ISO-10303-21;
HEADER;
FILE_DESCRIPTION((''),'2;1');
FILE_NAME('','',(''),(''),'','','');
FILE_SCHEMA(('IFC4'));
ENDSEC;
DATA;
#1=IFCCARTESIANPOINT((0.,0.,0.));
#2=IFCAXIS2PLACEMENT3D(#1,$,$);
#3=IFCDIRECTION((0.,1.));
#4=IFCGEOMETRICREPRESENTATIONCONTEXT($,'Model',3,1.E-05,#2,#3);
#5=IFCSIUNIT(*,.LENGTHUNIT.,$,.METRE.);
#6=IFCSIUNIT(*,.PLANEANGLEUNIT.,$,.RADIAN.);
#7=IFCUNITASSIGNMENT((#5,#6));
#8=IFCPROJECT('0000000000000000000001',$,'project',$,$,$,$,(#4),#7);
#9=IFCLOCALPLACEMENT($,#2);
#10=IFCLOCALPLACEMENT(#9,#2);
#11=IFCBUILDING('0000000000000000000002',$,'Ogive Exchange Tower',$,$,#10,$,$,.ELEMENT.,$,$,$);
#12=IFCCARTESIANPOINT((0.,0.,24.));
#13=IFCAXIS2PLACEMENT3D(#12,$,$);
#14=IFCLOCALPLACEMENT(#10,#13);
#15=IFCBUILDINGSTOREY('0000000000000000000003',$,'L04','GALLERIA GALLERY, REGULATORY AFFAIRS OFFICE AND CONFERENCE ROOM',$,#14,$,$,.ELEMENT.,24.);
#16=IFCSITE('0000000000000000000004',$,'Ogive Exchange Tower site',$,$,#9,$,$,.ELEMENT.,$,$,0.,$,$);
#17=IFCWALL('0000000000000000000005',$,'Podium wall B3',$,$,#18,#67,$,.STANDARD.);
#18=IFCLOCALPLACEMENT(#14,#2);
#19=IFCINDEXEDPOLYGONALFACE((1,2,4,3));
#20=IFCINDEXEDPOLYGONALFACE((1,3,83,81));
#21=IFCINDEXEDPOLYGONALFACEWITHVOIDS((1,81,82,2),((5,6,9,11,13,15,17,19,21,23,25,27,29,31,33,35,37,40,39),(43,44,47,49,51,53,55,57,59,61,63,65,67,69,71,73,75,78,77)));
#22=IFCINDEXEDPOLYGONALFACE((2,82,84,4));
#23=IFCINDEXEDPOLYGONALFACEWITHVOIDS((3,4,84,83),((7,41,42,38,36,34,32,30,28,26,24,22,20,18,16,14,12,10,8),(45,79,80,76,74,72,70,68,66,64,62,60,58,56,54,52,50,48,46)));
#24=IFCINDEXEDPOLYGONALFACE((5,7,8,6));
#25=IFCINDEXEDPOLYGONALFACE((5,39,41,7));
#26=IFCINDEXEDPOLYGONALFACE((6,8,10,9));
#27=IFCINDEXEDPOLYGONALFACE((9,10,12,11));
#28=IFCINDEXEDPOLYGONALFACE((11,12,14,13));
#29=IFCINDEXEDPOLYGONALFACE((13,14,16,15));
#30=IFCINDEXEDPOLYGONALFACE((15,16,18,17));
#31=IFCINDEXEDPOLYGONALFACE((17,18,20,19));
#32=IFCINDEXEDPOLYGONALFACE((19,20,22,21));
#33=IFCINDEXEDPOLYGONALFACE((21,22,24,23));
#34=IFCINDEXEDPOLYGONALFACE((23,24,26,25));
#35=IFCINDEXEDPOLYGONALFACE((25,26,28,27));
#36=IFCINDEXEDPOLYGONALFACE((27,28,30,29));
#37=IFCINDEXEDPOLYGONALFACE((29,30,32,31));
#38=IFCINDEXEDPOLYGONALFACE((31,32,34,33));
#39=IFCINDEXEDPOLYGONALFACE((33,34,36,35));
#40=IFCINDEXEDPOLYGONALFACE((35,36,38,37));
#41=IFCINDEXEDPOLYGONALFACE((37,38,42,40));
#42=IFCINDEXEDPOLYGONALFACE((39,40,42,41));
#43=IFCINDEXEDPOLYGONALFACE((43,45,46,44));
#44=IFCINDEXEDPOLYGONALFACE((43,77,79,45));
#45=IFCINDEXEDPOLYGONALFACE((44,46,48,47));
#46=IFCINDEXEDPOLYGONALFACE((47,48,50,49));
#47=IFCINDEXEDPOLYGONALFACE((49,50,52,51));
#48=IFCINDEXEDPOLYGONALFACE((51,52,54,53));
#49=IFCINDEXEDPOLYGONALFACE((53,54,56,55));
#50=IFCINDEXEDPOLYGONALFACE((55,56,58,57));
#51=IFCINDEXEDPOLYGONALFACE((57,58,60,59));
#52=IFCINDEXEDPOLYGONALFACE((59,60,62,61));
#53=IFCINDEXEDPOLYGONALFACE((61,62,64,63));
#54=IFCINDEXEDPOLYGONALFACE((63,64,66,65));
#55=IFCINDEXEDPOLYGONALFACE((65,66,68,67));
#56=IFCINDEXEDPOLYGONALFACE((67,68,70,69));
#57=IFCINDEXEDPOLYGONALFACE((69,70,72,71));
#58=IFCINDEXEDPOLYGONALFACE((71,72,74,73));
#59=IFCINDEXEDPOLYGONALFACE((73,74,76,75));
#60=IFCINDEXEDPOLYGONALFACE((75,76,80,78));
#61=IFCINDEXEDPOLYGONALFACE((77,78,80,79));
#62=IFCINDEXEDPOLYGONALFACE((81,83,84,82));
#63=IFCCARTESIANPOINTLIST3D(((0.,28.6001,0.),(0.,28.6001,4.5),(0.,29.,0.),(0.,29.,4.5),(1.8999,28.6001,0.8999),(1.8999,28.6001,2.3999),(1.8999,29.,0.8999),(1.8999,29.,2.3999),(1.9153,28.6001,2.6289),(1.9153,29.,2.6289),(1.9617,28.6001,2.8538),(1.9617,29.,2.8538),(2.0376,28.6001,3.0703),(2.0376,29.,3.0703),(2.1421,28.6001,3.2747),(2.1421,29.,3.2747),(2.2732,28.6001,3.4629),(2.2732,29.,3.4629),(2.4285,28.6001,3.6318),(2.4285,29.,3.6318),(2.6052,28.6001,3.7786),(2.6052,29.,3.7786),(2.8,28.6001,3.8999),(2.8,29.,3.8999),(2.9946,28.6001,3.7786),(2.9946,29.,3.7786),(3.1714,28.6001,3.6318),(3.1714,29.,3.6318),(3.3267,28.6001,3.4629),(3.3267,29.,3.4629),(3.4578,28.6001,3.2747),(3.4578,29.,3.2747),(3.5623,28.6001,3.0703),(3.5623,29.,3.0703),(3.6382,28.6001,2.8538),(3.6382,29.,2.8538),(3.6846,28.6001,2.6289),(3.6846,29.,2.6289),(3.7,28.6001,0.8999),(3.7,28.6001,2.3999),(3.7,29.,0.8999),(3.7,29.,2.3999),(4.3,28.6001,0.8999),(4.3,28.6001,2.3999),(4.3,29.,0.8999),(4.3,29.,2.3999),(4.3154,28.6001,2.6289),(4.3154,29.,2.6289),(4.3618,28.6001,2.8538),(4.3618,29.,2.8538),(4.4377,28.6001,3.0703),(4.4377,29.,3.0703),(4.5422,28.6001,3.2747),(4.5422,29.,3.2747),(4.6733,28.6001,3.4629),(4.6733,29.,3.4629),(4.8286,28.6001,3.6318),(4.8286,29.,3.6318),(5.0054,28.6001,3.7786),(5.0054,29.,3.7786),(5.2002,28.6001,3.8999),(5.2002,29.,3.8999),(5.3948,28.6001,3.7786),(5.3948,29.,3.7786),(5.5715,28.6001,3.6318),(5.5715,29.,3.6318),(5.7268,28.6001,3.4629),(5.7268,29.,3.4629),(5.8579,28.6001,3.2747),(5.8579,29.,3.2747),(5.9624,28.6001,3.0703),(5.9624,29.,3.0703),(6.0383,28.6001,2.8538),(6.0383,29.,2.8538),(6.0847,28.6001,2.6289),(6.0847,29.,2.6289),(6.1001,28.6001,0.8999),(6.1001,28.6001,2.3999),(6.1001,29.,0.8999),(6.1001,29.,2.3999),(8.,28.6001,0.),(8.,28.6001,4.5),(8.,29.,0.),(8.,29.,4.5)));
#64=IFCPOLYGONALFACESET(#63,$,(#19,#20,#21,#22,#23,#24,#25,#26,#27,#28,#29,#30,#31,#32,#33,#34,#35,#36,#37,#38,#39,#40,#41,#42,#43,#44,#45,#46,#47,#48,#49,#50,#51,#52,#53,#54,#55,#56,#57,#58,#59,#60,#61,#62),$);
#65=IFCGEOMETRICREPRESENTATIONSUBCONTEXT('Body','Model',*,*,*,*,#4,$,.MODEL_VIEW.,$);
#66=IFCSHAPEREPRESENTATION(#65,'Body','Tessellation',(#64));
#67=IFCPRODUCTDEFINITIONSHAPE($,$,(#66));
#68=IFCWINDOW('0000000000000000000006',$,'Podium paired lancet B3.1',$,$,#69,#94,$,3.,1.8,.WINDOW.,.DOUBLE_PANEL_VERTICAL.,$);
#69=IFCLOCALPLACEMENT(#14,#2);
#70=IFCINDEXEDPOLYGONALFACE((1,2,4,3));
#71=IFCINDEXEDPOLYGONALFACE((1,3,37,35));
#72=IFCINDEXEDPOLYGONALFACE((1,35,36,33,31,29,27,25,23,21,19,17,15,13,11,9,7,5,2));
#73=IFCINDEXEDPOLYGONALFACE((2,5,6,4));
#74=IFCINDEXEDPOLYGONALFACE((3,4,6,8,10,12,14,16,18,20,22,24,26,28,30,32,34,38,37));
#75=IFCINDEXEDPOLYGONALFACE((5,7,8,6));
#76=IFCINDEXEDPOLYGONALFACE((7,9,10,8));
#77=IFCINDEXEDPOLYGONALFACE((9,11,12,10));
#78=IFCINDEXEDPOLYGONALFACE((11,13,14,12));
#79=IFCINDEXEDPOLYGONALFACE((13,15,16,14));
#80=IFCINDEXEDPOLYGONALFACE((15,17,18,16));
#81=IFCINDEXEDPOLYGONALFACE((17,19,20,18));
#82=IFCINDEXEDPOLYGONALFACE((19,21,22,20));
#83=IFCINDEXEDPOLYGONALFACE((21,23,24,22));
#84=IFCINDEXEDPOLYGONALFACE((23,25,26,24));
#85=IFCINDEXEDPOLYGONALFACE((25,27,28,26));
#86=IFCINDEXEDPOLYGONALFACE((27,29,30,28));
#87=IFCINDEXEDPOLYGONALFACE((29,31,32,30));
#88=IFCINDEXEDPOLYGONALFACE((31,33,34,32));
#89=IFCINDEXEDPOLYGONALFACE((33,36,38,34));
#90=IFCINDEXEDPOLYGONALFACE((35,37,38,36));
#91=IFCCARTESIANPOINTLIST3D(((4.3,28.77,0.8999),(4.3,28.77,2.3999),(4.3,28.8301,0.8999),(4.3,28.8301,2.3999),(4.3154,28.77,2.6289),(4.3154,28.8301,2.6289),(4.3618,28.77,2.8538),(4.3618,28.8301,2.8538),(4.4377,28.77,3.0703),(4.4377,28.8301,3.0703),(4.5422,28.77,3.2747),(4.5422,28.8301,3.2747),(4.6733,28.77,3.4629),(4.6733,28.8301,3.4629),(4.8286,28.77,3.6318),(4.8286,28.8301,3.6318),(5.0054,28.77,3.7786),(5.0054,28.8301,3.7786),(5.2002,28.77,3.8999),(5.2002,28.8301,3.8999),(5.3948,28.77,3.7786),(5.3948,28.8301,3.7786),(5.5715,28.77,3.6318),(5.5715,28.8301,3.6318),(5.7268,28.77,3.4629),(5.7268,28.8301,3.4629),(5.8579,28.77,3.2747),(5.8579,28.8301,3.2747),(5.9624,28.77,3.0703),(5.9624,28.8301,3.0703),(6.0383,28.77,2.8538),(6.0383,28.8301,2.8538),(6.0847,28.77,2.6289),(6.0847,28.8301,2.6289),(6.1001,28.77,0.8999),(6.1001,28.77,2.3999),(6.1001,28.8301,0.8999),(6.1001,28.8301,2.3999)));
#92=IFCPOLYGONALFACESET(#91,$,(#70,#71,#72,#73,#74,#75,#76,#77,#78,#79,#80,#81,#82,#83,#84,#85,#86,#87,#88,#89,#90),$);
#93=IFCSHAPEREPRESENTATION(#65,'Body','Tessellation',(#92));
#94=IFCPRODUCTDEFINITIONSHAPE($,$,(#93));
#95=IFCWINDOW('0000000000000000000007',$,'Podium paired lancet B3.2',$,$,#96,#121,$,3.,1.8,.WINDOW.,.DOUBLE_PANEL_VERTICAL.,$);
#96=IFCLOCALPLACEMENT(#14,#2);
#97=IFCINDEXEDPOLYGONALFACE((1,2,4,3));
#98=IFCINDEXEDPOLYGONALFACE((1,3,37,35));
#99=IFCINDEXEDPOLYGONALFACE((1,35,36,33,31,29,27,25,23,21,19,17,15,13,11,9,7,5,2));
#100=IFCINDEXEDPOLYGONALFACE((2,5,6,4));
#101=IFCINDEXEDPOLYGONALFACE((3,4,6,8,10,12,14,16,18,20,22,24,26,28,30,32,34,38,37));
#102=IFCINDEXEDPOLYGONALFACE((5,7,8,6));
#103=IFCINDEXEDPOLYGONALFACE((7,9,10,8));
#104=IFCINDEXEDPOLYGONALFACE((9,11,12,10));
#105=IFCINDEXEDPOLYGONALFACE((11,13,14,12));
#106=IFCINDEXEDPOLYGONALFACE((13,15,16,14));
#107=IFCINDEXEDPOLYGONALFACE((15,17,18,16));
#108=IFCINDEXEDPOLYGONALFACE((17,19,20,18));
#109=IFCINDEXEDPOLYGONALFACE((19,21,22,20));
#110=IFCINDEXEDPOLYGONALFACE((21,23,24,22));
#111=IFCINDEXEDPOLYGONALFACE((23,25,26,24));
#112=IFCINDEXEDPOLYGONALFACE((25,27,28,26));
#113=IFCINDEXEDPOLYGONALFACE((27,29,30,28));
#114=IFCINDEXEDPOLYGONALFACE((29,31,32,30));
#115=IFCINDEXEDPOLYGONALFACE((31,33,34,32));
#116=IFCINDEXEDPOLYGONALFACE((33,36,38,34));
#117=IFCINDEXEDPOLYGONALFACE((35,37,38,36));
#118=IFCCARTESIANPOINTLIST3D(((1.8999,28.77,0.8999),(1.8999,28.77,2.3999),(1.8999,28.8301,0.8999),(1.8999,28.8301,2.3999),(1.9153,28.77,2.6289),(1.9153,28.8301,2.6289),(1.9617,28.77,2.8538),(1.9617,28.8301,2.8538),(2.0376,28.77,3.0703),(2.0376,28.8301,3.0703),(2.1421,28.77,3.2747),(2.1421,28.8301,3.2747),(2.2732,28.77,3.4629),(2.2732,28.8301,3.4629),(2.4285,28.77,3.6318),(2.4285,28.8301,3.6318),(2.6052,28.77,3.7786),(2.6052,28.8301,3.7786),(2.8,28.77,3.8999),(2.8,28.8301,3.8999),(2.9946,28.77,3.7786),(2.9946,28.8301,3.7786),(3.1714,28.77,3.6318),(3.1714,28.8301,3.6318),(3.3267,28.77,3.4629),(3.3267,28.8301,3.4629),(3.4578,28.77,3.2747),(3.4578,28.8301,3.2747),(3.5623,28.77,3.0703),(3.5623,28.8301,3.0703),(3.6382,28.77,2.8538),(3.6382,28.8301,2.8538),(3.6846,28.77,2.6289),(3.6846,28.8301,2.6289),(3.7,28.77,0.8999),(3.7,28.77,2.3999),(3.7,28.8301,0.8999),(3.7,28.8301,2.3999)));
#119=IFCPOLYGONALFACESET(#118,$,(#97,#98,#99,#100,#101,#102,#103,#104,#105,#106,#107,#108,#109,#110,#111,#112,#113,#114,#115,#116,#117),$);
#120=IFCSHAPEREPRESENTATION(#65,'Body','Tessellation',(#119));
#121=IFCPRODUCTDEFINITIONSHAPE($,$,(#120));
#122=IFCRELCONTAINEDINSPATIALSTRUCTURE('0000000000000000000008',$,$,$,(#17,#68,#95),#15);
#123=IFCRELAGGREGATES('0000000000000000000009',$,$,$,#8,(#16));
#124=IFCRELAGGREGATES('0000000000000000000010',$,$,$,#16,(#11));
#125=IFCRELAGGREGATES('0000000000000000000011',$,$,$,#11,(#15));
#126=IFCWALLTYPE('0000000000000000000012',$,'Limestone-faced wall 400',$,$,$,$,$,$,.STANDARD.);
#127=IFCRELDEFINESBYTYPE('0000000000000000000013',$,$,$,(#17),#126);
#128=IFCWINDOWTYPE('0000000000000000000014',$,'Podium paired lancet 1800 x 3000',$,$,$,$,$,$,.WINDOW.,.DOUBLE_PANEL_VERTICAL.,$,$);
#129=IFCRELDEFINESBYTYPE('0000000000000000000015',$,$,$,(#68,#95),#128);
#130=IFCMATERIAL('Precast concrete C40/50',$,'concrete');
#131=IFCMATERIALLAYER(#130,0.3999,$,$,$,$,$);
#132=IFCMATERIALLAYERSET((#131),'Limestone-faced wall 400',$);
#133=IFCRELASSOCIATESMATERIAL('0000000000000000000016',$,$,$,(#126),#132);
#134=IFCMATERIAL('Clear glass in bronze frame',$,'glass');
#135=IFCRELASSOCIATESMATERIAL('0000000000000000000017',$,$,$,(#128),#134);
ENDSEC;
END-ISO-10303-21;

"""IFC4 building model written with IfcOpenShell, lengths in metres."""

from ifc_helpers import new_model, si_unit, direction, frame, frame_2d, origin, place, context, subcontext, project, spatial, polyline, rectangle, outline, extrude, material, layer, layer_set, type_object, element, fill, save


model = new_model("IFC4")

# Units and contexts
model_context = context("Model", 3, precision=1e-05, world=origin(), true_north=direction((0.0, 1.0)))
body_context = subcontext(model_context, "Body", "Model", "MODEL_VIEW")
ifc_project = project(units=[si_unit("LENGTHUNIT", "METRE"), si_unit("PLANEANGLEUNIT", "RADIAN")], contexts=[model_context])

# Site, building, storey
site_placement = place(None, origin())
site = spatial("IfcSite", under=ifc_project, at=site_placement, Name="Ogive Exchange Tower site", CompositionType="ELEMENT", RefElevation=0.0)
building_placement = place(site_placement, origin())
building = spatial("IfcBuilding", under=site, at=building_placement, Name="Ogive Exchange Tower", CompositionType="ELEMENT")
storey_placement = place(building_placement, frame((0.0, 0.0, 24.0)))
storey = spatial("IfcBuildingStorey", under=building, at=storey_placement, Name="L04", Description="GALLERIA GALLERY, REGULATORY AFFAIRS OFFICE AND CONFERENCE ROOM", CompositionType="ELEMENT", Elevation=24.0)

# Wall, openings, windows
ifc_material_1 = material(Name="Precast concrete C40/50", Category="concrete")
ifc_layer_1 = layer(ifc_material_1, 0.3999)
ifc_layer_set_1 = layer_set([ifc_layer_1], Name="Limestone-faced wall 400")
wall_type_1 = type_object("IfcWallType", Name="Limestone-faced wall 400", PredefinedType="STANDARD", material=ifc_layer_set_1)
ifc_material_2 = material(Name="Clear glass in bronze frame", Category="glass")
window_type = type_object("IfcWindowType", Name="Podium paired lancet 1800 x 3000", PartitioningType="DOUBLE_PANEL_VERTICAL", PredefinedType="WINDOW", material=ifc_material_2)
wall_1_placement = place(storey_placement, frame((8.0, 28.8, 0.0), z_axis=(0.0, 0.0, 1.0), x_axis=(-1.0, 0.0, 0.0)))
wall_1 = element("IfcWall", 1, at=wall_1_placement, inside=storey, type_object=wall_type_1, Name="Podium wall B3", PredefinedType="STANDARD", context=body_context, shape_type="SweptSolid", body=[
    extrude(rectangle(XDim=8.0, YDim=0.3999, at=frame_2d((4.0, 0.0))), origin(), (0.0, 0.0, 1.0), 4.5),
])
opening_1_placement = place(wall_1_placement, frame((1.8999, 0.0, 0.8999)))
opening_1 = element("IfcOpeningElement", 2, at=opening_1_placement, cuts=wall_1, PredefinedType="OPENING", context=body_context, shape_type="SweptSolid", body=[
    extrude(outline(polyline([(0.0, 0.0), (1.8, 0.0), (1.8, 1.5), (1.7847, 1.729), (1.7383, 1.9539), (1.6624, 2.1704), (1.5579, 2.3748), (1.4268, 2.563), (1.2715, 2.7319), (1.0947, 2.8787), (0.8999, 3.0), (0.7053, 2.8787), (0.5286, 2.7319), (0.3733, 2.563), (0.2422, 2.3748), (0.1377, 2.1704), (0.0618, 1.9539), (0.0154, 1.729), (0.0, 1.5), (0.0, 0.0)])), frame((0.0, 0.21, 0.0), z_axis=(0.0, -1.0, 0.0), x_axis=(1.0, 0.0, 0.0)), (0.0, 0.0, 1.0), 0.4199),
])
opening_2_placement = place(wall_1_placement, frame((4.3, 0.0, 0.8999)))
opening_2 = element("IfcOpeningElement", 3, at=opening_2_placement, cuts=wall_1, PredefinedType="OPENING", context=body_context, shape_type="SweptSolid", body=[
    extrude(outline(polyline([(0.0, 0.0), (1.8, 0.0), (1.8, 1.5), (1.7847, 1.729), (1.7383, 1.9539), (1.6624, 2.1704), (1.5579, 2.3748), (1.4268, 2.563), (1.2715, 2.7319), (1.0947, 2.8787), (0.8999, 3.0), (0.7053, 2.8787), (0.5286, 2.7319), (0.3733, 2.563), (0.2422, 2.3748), (0.1377, 2.1704), (0.0618, 1.9539), (0.0154, 1.729), (0.0, 1.5), (0.0, 0.0)])), frame((0.0, 0.21, 0.0), z_axis=(0.0, -1.0, 0.0), x_axis=(1.0, 0.0, 0.0)), (0.0, 0.0, 1.0), 0.4199),
])
window_1_placement = place(opening_1_placement, origin())
window_1 = element("IfcWindow", 4, at=window_1_placement, inside=storey, type_object=window_type, Name="Podium paired lancet B3.1", OverallHeight=3.0, OverallWidth=1.8, PartitioningType="DOUBLE_PANEL_VERTICAL", PredefinedType="WINDOW", context=body_context, shape_type="SweptSolid", body=[
    extrude(outline(polyline([(0.0, 0.0), (1.8, 0.0), (1.8, 1.5), (1.7847, 1.729), (1.7383, 1.9539), (1.6624, 2.1704), (1.5579, 2.3748), (1.4268, 2.563), (1.2715, 2.7319), (1.0947, 2.8787), (0.8999, 3.0), (0.7053, 2.8787), (0.5286, 2.7319), (0.3733, 2.563), (0.2422, 2.3748), (0.1377, 2.1704), (0.0618, 1.9539), (0.0154, 1.729), (0.0, 1.5), (0.0, 0.0)])), frame((0.0, 0.03, 0.0), z_axis=(0.0, -1.0, 0.0), x_axis=(1.0, 0.0, 0.0)), (0.0, 0.0, 1.0), 0.0601),
])
fill(opening_1, window_1)
window_2_placement = place(opening_2_placement, origin())
window_2 = element("IfcWindow", 5, at=window_2_placement, inside=storey, type_object=window_type, Name="Podium paired lancet B3.2", OverallHeight=3.0, OverallWidth=1.8, PartitioningType="DOUBLE_PANEL_VERTICAL", PredefinedType="WINDOW", context=body_context, shape_type="SweptSolid", body=[
    extrude(outline(polyline([(0.0, 0.0), (1.8, 0.0), (1.8, 1.5), (1.7847, 1.729), (1.7383, 1.9539), (1.6624, 2.1704), (1.5579, 2.3748), (1.4268, 2.563), (1.2715, 2.7319), (1.0947, 2.8787), (0.8999, 3.0), (0.7053, 2.8787), (0.5286, 2.7319), (0.3733, 2.563), (0.2422, 2.3748), (0.1377, 2.1704), (0.0618, 1.9539), (0.0154, 1.729), (0.0, 1.5), (0.0, 0.0)])), frame((0.0, 0.03, 0.0), z_axis=(0.0, -1.0, 0.0), x_axis=(1.0, 0.0, 0.0)), (0.0, 0.0, 1.0), 0.0601),
])
fill(opening_2, window_2)

save(model, "model.ifc")
